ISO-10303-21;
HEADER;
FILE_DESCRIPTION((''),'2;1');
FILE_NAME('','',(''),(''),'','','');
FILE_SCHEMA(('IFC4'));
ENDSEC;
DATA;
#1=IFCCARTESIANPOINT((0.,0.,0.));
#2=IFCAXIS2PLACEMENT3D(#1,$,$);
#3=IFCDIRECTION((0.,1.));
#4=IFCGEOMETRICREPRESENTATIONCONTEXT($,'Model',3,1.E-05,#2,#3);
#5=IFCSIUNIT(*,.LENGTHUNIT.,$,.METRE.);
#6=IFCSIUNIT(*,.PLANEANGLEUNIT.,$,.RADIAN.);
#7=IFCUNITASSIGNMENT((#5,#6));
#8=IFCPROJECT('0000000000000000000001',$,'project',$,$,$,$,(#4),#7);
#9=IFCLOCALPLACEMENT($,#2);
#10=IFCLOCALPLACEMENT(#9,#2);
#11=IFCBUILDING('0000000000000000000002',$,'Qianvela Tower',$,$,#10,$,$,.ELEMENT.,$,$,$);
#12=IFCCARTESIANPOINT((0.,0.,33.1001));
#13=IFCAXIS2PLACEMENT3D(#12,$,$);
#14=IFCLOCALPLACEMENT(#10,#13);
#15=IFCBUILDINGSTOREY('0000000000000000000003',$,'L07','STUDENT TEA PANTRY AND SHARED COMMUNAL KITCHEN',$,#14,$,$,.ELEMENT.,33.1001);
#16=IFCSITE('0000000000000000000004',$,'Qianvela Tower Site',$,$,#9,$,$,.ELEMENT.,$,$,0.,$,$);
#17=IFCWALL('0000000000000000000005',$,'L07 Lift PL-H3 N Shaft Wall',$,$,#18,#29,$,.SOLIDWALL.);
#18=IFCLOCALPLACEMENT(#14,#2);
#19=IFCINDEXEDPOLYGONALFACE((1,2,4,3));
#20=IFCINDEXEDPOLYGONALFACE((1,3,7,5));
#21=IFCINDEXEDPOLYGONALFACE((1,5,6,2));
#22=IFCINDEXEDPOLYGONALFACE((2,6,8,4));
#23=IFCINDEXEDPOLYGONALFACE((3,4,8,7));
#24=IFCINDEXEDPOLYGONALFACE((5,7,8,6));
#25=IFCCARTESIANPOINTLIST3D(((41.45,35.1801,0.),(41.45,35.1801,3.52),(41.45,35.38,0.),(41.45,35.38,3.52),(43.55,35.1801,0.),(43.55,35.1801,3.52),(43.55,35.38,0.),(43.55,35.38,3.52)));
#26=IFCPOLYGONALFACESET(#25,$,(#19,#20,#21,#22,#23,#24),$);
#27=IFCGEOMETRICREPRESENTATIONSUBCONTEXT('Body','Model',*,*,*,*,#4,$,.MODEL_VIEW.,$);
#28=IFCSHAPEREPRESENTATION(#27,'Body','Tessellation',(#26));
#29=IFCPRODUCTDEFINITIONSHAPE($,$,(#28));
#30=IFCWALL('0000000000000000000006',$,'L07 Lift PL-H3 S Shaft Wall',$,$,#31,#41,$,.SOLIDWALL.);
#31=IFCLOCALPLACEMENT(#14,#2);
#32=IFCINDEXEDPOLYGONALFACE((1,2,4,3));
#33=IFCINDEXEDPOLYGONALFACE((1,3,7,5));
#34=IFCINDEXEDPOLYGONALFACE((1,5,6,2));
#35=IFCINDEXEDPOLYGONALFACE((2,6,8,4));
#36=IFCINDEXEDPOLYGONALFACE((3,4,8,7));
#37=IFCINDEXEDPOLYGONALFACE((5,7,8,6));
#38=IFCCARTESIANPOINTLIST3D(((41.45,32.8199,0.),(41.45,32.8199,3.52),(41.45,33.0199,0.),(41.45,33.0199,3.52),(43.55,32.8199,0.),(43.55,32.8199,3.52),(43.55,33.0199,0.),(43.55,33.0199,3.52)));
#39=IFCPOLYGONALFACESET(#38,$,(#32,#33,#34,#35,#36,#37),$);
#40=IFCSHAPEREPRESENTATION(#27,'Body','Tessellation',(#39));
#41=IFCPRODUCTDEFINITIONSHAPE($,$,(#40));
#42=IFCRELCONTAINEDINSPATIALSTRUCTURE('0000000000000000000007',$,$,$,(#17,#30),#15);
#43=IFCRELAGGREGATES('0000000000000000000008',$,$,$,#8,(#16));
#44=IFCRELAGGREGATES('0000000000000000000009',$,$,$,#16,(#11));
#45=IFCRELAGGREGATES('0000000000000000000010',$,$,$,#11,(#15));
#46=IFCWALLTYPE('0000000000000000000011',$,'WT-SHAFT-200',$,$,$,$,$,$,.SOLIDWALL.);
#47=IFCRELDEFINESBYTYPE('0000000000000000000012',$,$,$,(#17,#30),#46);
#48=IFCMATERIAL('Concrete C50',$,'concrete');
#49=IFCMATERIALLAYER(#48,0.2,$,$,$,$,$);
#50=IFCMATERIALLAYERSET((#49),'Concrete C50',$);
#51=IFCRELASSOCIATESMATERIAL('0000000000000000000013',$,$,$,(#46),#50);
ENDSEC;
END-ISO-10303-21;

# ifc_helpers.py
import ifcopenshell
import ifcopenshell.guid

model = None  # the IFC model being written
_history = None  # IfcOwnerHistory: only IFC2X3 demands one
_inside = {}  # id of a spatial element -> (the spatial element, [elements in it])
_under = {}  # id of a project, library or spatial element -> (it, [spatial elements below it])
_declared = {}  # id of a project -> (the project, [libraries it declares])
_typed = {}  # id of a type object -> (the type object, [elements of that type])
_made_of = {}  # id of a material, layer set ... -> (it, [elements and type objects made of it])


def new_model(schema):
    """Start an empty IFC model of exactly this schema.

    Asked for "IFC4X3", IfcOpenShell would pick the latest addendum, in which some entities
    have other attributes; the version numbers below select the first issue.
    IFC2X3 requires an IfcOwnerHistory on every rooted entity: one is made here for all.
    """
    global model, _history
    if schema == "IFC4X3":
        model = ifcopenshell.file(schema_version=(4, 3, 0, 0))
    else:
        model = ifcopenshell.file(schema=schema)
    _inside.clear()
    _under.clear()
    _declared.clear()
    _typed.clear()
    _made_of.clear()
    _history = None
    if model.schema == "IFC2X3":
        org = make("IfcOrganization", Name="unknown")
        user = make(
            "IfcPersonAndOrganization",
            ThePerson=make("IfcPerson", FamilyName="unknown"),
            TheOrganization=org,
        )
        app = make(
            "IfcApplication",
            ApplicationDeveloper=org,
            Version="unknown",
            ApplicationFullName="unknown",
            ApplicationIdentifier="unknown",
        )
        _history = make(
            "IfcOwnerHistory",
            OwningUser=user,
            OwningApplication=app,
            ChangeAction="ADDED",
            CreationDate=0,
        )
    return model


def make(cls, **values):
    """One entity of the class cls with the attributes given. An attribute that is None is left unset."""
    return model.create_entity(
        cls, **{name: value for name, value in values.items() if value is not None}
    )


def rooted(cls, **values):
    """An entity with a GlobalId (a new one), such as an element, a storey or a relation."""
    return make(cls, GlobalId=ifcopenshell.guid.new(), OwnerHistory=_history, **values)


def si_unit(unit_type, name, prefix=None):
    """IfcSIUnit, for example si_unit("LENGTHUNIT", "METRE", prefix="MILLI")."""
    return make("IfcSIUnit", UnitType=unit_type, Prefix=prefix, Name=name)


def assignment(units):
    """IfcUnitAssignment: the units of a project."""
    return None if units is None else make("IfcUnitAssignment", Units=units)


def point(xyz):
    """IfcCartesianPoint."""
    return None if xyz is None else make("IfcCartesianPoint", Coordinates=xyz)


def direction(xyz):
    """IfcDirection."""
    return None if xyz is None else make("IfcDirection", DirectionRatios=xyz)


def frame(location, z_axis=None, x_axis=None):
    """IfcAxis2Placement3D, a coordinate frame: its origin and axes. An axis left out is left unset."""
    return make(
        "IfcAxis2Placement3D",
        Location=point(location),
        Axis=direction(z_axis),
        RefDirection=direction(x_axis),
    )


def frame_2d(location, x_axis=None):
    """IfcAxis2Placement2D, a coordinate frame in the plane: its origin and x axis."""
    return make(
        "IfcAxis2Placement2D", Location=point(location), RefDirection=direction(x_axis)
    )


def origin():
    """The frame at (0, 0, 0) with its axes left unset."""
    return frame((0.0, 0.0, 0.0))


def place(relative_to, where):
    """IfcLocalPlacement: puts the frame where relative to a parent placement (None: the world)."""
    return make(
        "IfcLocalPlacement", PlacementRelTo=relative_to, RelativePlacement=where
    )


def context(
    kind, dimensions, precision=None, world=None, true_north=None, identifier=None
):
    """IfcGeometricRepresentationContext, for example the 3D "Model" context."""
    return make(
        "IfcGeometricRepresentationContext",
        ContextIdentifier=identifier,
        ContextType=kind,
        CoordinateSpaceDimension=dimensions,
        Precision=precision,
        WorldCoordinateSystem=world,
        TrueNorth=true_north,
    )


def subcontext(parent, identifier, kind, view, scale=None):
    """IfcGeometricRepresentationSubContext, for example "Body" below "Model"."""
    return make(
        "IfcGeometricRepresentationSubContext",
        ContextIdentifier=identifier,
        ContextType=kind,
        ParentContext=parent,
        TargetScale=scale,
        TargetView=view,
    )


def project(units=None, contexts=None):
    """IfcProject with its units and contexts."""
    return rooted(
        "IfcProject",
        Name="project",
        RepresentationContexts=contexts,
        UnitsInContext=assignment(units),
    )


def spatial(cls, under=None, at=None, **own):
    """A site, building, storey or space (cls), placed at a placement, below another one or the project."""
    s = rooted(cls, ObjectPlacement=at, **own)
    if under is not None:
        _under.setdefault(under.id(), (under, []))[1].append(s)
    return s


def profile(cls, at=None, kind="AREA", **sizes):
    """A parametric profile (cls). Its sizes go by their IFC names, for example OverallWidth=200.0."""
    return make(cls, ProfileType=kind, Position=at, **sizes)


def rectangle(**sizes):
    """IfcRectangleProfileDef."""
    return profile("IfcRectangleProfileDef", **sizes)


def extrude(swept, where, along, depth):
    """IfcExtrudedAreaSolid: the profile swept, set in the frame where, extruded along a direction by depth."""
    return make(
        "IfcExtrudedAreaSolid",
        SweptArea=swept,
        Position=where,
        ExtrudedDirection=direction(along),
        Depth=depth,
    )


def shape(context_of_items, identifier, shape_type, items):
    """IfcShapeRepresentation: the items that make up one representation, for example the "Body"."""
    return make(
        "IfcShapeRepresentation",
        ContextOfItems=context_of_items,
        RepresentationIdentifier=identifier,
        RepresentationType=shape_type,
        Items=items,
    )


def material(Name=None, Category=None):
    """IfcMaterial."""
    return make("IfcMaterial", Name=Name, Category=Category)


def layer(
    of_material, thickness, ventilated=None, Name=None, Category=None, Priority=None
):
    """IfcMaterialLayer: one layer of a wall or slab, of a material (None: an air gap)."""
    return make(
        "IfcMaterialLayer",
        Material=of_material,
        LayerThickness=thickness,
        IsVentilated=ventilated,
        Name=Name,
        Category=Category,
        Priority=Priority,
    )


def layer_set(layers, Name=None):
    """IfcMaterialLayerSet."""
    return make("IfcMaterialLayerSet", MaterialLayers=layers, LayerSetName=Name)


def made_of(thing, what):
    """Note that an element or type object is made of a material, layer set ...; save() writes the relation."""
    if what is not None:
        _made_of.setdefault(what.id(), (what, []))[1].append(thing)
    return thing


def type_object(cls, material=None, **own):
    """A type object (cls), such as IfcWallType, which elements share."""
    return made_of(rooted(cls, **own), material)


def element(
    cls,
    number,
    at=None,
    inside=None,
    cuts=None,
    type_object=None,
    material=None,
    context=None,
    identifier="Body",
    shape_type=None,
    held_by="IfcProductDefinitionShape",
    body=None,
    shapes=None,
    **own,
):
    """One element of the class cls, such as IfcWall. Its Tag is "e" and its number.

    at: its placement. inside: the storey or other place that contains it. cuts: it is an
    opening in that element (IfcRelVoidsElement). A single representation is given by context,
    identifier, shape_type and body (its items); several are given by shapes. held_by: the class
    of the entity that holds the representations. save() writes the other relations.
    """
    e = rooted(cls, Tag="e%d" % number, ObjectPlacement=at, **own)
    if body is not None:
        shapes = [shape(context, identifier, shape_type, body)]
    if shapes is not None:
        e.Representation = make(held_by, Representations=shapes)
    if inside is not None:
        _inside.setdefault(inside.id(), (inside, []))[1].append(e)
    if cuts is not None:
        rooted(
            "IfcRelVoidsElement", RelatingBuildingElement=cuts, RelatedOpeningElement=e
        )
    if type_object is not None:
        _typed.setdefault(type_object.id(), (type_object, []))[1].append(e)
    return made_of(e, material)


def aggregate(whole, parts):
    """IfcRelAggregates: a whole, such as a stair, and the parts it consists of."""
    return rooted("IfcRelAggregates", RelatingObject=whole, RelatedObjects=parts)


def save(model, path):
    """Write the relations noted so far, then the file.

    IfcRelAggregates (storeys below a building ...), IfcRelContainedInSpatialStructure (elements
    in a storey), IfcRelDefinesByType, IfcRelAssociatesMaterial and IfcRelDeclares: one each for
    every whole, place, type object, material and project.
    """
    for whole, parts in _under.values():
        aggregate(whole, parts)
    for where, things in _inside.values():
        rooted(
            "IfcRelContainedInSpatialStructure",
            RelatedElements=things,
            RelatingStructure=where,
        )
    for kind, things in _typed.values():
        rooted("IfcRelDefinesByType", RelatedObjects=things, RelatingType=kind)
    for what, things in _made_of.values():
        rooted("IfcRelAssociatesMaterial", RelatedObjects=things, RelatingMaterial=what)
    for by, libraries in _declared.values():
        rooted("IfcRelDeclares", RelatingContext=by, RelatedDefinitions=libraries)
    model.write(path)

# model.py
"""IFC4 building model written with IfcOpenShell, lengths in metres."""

from ifc_helpers import new_model, si_unit, direction, frame, frame_2d, origin, place, context, subcontext, project, spatial, rectangle, extrude, material, layer, layer_set, type_object, element, save


model = new_model("IFC4")

# Units and contexts
model_context = context("Model", 3, precision=1e-05, world=origin(), true_north=direction((0.0, 1.0)))
body_context = subcontext(model_context, "Body", "Model", "MODEL_VIEW")
ifc_project = project(units=[si_unit("LENGTHUNIT", "METRE"), si_unit("PLANEANGLEUNIT", "RADIAN")], contexts=[model_context])

# Site, building, storey
site_placement = place(None, origin())
site = spatial("IfcSite", under=ifc_project, at=site_placement, Name="Qianvela Tower Site", CompositionType="ELEMENT", RefElevation=0.0)
building_placement = place(site_placement, origin())
building = spatial("IfcBuilding", under=site, at=building_placement, Name="Qianvela Tower", CompositionType="ELEMENT")
storey_placement = place(building_placement, frame((0.0, 0.0, 33.1001)))
storey = spatial("IfcBuildingStorey", under=building, at=storey_placement, Name="L07", Description="STUDENT TEA PANTRY AND SHARED COMMUNAL KITCHEN", CompositionType="ELEMENT", Elevation=33.1001)

# Walls
ifc_material_1 = material(Name="Concrete C50", Category="concrete")
ifc_layer_1 = layer(ifc_material_1, 0.2)
ifc_layer_set_1 = layer_set([ifc_layer_1], Name="Concrete C50")
wall_type_1 = type_object("IfcWallType", Name="WT-SHAFT-200", PredefinedType="SOLIDWALL", material=ifc_layer_set_1)
for number, where, z_axis, x_axis, name in (
    (1, (41.45, 35.28, 0.0), (0.0, 0.0, 1.0), (1.0, 0.0, 0.0), "L07 Lift PL-H3 N Shaft Wall"),
    (2, (41.45, 32.9199, 0.0), (0.0, 0.0, 1.0), (1.0, 0.0, 0.0), "L07 Lift PL-H3 S Shaft Wall"),
):
    element("IfcWall", number, at=place(storey_placement, frame(where, z_axis=z_axis, x_axis=x_axis)), inside=storey, type_object=wall_type_1, Name=name, PredefinedType="SOLIDWALL", context=body_context, shape_type="SweptSolid", body=[
        extrude(rectangle(XDim=2.1001, YDim=0.2, at=frame_2d((1.05, 0.0))), origin(), (0.0, 0.0, 1.0), 3.52),
    ])

save(model, "model.ifc")
